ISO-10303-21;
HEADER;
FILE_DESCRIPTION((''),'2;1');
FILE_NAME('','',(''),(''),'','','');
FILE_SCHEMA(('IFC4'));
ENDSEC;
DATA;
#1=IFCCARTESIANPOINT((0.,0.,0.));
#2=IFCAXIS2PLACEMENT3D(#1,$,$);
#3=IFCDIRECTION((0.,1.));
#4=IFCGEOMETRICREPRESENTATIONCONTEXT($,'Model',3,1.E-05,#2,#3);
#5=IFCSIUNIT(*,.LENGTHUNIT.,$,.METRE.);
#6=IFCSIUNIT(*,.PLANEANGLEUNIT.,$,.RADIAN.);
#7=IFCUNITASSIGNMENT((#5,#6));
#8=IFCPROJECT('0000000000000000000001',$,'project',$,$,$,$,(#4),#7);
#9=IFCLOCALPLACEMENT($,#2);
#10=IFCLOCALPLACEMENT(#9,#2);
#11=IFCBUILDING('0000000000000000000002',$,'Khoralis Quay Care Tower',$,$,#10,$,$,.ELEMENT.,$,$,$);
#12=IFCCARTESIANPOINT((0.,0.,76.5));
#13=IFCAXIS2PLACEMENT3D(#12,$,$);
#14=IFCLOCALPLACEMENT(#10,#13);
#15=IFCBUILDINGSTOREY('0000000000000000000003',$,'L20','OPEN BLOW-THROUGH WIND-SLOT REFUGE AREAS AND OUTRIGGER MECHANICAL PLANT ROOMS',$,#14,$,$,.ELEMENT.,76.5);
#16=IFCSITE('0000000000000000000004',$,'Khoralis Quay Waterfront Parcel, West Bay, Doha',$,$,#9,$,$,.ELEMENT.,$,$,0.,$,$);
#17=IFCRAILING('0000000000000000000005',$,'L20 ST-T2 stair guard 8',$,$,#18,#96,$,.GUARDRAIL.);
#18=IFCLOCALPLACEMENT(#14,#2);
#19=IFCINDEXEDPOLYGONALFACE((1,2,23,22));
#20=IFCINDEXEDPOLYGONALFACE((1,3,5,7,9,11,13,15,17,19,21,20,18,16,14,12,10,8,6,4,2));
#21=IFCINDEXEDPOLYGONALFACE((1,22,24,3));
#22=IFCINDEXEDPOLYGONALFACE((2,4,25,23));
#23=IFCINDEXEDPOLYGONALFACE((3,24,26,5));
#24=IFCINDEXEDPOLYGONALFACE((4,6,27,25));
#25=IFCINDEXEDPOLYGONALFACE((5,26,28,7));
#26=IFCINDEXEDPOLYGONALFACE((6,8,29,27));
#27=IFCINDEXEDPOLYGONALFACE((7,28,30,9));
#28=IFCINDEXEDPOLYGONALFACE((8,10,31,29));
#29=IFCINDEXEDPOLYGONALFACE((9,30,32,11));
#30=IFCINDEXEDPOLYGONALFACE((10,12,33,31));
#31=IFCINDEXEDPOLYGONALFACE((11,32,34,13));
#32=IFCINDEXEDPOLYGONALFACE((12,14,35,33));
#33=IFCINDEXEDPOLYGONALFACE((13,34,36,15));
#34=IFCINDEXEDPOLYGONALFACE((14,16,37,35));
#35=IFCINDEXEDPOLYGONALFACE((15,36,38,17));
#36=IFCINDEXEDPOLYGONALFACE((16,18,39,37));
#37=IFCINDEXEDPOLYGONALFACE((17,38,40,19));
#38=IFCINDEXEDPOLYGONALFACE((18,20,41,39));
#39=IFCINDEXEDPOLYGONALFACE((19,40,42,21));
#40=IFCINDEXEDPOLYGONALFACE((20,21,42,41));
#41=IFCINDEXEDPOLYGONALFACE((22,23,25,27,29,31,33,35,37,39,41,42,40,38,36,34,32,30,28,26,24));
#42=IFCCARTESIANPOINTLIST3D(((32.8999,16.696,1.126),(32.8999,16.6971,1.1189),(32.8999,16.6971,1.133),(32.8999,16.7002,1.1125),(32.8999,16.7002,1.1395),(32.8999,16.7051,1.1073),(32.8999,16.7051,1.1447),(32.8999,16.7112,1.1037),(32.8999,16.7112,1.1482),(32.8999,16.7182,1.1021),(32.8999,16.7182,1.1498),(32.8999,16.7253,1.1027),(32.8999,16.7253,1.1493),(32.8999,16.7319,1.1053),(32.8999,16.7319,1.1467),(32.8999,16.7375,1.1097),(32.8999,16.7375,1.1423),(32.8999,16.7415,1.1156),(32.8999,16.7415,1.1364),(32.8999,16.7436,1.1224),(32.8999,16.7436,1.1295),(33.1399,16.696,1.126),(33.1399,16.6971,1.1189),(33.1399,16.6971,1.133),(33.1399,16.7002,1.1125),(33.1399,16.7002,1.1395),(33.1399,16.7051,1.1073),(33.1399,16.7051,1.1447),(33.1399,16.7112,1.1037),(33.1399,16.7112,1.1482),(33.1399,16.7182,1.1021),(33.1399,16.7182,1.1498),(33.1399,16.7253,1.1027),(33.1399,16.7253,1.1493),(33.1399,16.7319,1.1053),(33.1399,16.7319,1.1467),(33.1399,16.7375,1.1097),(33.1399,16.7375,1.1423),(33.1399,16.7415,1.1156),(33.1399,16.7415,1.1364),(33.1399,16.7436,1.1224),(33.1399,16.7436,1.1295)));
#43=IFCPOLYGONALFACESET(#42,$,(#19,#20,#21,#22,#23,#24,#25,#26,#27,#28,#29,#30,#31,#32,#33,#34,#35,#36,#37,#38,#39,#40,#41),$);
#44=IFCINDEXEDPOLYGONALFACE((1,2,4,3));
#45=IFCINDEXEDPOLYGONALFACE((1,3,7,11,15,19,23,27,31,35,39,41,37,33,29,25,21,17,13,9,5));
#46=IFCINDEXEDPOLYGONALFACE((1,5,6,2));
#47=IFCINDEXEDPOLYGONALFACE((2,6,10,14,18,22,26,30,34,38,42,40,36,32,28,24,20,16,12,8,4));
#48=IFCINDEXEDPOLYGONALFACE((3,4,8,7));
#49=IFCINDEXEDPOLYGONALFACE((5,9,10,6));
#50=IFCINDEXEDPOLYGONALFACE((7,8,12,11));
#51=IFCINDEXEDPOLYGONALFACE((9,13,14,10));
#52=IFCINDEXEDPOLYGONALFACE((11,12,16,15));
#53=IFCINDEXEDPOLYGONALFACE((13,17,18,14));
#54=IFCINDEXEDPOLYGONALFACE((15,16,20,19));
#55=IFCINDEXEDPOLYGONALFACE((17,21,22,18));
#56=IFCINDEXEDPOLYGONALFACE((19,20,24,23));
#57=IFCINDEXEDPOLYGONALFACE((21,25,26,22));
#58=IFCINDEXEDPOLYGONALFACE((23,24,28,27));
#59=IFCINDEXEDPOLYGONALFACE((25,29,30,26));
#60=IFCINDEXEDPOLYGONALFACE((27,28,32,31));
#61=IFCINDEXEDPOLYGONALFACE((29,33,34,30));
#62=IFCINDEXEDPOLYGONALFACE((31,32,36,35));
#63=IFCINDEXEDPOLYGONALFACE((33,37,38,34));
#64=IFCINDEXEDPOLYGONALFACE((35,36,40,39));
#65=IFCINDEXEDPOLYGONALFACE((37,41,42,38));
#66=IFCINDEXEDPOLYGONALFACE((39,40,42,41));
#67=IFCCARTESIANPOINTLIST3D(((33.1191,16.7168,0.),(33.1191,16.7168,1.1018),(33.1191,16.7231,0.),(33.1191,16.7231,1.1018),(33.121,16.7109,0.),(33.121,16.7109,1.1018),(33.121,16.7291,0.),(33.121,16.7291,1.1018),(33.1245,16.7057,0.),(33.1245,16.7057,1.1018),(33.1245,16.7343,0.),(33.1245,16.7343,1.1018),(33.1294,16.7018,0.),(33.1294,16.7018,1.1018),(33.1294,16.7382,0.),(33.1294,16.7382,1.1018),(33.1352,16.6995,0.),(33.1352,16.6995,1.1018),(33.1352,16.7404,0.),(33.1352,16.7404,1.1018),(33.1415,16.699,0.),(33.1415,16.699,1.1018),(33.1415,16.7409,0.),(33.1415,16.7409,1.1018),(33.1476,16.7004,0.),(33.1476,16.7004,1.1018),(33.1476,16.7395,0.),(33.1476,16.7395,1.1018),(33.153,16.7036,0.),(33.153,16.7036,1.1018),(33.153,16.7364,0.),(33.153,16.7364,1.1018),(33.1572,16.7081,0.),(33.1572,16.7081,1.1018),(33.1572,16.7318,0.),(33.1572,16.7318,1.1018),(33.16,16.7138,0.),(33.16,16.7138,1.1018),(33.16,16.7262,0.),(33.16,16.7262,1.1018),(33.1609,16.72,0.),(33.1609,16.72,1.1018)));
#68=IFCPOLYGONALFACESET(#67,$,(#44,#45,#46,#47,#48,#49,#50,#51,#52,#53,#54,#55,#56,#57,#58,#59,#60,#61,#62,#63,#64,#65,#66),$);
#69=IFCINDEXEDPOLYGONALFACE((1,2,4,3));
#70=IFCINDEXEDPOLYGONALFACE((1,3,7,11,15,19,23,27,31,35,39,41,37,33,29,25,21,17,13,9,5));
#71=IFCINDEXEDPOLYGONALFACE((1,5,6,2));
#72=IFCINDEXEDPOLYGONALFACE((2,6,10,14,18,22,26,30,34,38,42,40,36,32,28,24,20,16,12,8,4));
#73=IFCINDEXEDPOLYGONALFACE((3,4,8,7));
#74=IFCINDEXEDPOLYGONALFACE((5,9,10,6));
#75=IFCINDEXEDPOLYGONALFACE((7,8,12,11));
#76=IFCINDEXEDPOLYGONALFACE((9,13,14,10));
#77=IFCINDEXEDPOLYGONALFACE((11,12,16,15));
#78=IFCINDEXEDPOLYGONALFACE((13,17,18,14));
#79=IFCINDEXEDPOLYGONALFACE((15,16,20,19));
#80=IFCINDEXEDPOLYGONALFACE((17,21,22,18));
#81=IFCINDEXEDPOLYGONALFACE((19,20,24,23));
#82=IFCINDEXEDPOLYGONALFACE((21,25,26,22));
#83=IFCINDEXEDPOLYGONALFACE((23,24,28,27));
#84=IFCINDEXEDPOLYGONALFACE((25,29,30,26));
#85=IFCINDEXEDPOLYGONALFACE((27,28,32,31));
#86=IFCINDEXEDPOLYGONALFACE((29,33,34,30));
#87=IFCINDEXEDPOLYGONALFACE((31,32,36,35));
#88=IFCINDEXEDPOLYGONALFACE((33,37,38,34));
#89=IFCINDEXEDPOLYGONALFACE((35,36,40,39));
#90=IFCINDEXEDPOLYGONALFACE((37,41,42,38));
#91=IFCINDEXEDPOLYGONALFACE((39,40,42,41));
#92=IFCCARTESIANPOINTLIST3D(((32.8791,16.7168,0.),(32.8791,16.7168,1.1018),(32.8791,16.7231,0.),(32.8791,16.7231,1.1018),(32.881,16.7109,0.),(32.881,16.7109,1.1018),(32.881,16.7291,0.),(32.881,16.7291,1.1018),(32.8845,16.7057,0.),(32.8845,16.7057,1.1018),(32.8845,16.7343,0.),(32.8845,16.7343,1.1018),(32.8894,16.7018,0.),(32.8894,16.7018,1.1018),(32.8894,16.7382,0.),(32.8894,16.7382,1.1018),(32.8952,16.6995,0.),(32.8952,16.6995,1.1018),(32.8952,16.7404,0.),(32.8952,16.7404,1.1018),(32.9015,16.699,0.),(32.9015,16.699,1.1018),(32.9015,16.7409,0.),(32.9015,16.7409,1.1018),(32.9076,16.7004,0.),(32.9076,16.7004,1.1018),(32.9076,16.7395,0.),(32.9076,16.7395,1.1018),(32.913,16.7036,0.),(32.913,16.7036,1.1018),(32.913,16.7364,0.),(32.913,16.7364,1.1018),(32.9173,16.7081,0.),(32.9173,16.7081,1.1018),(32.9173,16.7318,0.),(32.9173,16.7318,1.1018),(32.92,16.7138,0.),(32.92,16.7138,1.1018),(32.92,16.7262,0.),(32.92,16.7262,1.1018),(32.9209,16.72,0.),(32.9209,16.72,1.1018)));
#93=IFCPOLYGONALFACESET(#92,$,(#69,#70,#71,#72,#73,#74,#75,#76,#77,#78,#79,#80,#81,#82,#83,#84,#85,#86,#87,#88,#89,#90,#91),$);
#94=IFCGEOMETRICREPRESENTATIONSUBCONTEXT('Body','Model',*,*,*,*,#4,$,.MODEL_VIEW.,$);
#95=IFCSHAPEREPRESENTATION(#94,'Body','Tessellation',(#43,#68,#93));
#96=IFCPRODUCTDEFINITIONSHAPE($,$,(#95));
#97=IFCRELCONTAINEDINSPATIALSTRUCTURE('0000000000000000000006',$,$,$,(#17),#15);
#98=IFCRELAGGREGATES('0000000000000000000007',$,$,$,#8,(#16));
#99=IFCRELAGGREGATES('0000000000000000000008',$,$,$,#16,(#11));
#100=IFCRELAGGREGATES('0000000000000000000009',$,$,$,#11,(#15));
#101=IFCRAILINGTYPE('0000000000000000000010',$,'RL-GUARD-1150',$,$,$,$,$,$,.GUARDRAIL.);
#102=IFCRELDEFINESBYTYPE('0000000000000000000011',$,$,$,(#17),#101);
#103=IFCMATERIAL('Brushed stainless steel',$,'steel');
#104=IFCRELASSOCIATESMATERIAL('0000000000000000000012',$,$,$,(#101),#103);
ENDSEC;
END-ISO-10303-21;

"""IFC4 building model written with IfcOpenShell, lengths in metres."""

from ifc_helpers import new_model, si_unit, direction, frame, origin, origin_2d, place, context, subcontext, project, spatial, circle, extrude, material, type_object, element, save


model = new_model("IFC4")

# Units and contexts
model_context = context("Model", 3, precision=1e-05, world=origin(), true_north=direction((0.0, 1.0)))
body_context = subcontext(model_context, "Body", "Model", "MODEL_VIEW")
ifc_project = project(units=[si_unit("LENGTHUNIT", "METRE"), si_unit("PLANEANGLEUNIT", "RADIAN")], contexts=[model_context])

# Site, building, storey
site_placement = place(None, origin())
site = spatial("IfcSite", under=ifc_project, at=site_placement, Name="Khoralis Quay Waterfront Parcel, West Bay, Doha", CompositionType="ELEMENT", RefElevation=0.0)
building_placement = place(site_placement, origin())
building = spatial("IfcBuilding", under=site, at=building_placement, Name="Khoralis Quay Care Tower", CompositionType="ELEMENT")
storey_placement = place(building_placement, frame((0.0, 0.0, 76.5)))
storey = spatial("IfcBuildingStorey", under=building, at=storey_placement, Name="L20", Description="OPEN BLOW-THROUGH WIND-SLOT REFUGE AREAS AND OUTRIGGER MECHANICAL PLANT ROOMS", CompositionType="ELEMENT", Elevation=76.5)

# Railing
ifc_material_1 = material(Name="Brushed stainless steel", Category="steel")
railing_type_1 = type_object("IfcRailingType", Name="RL-GUARD-1150", PredefinedType="GUARDRAIL", material=ifc_material_1)
railing_1_placement = place(storey_placement, frame((33.1399, 16.72, 0.0)))
element("IfcRailing", 1, at=railing_1_placement, inside=storey, type_object=railing_type_1, Name="L20 ST-T2 stair guard 8", PredefinedType="GUARDRAIL", context=body_context, shape_type="SweptSolid", body=[
    extrude(circle(Radius=0.0239, at=origin_2d()), frame((0.0, 0.0, 1.126), z_axis=(-1.0, 0.0, 0.0), x_axis=(0.0, -1.0, 0.0)), (0.0, 0.0, 1.0), 0.24),
    extrude(circle(Radius=0.021, at=origin_2d()), origin(), (0.0, 0.0, 1.0), 1.1018),
    extrude(circle(Radius=0.021, at=origin_2d()), frame((-0.24, 0.0, 0.0)), (0.0, 0.0, 1.0), 1.1018),
])

save(model, "model.ifc")
